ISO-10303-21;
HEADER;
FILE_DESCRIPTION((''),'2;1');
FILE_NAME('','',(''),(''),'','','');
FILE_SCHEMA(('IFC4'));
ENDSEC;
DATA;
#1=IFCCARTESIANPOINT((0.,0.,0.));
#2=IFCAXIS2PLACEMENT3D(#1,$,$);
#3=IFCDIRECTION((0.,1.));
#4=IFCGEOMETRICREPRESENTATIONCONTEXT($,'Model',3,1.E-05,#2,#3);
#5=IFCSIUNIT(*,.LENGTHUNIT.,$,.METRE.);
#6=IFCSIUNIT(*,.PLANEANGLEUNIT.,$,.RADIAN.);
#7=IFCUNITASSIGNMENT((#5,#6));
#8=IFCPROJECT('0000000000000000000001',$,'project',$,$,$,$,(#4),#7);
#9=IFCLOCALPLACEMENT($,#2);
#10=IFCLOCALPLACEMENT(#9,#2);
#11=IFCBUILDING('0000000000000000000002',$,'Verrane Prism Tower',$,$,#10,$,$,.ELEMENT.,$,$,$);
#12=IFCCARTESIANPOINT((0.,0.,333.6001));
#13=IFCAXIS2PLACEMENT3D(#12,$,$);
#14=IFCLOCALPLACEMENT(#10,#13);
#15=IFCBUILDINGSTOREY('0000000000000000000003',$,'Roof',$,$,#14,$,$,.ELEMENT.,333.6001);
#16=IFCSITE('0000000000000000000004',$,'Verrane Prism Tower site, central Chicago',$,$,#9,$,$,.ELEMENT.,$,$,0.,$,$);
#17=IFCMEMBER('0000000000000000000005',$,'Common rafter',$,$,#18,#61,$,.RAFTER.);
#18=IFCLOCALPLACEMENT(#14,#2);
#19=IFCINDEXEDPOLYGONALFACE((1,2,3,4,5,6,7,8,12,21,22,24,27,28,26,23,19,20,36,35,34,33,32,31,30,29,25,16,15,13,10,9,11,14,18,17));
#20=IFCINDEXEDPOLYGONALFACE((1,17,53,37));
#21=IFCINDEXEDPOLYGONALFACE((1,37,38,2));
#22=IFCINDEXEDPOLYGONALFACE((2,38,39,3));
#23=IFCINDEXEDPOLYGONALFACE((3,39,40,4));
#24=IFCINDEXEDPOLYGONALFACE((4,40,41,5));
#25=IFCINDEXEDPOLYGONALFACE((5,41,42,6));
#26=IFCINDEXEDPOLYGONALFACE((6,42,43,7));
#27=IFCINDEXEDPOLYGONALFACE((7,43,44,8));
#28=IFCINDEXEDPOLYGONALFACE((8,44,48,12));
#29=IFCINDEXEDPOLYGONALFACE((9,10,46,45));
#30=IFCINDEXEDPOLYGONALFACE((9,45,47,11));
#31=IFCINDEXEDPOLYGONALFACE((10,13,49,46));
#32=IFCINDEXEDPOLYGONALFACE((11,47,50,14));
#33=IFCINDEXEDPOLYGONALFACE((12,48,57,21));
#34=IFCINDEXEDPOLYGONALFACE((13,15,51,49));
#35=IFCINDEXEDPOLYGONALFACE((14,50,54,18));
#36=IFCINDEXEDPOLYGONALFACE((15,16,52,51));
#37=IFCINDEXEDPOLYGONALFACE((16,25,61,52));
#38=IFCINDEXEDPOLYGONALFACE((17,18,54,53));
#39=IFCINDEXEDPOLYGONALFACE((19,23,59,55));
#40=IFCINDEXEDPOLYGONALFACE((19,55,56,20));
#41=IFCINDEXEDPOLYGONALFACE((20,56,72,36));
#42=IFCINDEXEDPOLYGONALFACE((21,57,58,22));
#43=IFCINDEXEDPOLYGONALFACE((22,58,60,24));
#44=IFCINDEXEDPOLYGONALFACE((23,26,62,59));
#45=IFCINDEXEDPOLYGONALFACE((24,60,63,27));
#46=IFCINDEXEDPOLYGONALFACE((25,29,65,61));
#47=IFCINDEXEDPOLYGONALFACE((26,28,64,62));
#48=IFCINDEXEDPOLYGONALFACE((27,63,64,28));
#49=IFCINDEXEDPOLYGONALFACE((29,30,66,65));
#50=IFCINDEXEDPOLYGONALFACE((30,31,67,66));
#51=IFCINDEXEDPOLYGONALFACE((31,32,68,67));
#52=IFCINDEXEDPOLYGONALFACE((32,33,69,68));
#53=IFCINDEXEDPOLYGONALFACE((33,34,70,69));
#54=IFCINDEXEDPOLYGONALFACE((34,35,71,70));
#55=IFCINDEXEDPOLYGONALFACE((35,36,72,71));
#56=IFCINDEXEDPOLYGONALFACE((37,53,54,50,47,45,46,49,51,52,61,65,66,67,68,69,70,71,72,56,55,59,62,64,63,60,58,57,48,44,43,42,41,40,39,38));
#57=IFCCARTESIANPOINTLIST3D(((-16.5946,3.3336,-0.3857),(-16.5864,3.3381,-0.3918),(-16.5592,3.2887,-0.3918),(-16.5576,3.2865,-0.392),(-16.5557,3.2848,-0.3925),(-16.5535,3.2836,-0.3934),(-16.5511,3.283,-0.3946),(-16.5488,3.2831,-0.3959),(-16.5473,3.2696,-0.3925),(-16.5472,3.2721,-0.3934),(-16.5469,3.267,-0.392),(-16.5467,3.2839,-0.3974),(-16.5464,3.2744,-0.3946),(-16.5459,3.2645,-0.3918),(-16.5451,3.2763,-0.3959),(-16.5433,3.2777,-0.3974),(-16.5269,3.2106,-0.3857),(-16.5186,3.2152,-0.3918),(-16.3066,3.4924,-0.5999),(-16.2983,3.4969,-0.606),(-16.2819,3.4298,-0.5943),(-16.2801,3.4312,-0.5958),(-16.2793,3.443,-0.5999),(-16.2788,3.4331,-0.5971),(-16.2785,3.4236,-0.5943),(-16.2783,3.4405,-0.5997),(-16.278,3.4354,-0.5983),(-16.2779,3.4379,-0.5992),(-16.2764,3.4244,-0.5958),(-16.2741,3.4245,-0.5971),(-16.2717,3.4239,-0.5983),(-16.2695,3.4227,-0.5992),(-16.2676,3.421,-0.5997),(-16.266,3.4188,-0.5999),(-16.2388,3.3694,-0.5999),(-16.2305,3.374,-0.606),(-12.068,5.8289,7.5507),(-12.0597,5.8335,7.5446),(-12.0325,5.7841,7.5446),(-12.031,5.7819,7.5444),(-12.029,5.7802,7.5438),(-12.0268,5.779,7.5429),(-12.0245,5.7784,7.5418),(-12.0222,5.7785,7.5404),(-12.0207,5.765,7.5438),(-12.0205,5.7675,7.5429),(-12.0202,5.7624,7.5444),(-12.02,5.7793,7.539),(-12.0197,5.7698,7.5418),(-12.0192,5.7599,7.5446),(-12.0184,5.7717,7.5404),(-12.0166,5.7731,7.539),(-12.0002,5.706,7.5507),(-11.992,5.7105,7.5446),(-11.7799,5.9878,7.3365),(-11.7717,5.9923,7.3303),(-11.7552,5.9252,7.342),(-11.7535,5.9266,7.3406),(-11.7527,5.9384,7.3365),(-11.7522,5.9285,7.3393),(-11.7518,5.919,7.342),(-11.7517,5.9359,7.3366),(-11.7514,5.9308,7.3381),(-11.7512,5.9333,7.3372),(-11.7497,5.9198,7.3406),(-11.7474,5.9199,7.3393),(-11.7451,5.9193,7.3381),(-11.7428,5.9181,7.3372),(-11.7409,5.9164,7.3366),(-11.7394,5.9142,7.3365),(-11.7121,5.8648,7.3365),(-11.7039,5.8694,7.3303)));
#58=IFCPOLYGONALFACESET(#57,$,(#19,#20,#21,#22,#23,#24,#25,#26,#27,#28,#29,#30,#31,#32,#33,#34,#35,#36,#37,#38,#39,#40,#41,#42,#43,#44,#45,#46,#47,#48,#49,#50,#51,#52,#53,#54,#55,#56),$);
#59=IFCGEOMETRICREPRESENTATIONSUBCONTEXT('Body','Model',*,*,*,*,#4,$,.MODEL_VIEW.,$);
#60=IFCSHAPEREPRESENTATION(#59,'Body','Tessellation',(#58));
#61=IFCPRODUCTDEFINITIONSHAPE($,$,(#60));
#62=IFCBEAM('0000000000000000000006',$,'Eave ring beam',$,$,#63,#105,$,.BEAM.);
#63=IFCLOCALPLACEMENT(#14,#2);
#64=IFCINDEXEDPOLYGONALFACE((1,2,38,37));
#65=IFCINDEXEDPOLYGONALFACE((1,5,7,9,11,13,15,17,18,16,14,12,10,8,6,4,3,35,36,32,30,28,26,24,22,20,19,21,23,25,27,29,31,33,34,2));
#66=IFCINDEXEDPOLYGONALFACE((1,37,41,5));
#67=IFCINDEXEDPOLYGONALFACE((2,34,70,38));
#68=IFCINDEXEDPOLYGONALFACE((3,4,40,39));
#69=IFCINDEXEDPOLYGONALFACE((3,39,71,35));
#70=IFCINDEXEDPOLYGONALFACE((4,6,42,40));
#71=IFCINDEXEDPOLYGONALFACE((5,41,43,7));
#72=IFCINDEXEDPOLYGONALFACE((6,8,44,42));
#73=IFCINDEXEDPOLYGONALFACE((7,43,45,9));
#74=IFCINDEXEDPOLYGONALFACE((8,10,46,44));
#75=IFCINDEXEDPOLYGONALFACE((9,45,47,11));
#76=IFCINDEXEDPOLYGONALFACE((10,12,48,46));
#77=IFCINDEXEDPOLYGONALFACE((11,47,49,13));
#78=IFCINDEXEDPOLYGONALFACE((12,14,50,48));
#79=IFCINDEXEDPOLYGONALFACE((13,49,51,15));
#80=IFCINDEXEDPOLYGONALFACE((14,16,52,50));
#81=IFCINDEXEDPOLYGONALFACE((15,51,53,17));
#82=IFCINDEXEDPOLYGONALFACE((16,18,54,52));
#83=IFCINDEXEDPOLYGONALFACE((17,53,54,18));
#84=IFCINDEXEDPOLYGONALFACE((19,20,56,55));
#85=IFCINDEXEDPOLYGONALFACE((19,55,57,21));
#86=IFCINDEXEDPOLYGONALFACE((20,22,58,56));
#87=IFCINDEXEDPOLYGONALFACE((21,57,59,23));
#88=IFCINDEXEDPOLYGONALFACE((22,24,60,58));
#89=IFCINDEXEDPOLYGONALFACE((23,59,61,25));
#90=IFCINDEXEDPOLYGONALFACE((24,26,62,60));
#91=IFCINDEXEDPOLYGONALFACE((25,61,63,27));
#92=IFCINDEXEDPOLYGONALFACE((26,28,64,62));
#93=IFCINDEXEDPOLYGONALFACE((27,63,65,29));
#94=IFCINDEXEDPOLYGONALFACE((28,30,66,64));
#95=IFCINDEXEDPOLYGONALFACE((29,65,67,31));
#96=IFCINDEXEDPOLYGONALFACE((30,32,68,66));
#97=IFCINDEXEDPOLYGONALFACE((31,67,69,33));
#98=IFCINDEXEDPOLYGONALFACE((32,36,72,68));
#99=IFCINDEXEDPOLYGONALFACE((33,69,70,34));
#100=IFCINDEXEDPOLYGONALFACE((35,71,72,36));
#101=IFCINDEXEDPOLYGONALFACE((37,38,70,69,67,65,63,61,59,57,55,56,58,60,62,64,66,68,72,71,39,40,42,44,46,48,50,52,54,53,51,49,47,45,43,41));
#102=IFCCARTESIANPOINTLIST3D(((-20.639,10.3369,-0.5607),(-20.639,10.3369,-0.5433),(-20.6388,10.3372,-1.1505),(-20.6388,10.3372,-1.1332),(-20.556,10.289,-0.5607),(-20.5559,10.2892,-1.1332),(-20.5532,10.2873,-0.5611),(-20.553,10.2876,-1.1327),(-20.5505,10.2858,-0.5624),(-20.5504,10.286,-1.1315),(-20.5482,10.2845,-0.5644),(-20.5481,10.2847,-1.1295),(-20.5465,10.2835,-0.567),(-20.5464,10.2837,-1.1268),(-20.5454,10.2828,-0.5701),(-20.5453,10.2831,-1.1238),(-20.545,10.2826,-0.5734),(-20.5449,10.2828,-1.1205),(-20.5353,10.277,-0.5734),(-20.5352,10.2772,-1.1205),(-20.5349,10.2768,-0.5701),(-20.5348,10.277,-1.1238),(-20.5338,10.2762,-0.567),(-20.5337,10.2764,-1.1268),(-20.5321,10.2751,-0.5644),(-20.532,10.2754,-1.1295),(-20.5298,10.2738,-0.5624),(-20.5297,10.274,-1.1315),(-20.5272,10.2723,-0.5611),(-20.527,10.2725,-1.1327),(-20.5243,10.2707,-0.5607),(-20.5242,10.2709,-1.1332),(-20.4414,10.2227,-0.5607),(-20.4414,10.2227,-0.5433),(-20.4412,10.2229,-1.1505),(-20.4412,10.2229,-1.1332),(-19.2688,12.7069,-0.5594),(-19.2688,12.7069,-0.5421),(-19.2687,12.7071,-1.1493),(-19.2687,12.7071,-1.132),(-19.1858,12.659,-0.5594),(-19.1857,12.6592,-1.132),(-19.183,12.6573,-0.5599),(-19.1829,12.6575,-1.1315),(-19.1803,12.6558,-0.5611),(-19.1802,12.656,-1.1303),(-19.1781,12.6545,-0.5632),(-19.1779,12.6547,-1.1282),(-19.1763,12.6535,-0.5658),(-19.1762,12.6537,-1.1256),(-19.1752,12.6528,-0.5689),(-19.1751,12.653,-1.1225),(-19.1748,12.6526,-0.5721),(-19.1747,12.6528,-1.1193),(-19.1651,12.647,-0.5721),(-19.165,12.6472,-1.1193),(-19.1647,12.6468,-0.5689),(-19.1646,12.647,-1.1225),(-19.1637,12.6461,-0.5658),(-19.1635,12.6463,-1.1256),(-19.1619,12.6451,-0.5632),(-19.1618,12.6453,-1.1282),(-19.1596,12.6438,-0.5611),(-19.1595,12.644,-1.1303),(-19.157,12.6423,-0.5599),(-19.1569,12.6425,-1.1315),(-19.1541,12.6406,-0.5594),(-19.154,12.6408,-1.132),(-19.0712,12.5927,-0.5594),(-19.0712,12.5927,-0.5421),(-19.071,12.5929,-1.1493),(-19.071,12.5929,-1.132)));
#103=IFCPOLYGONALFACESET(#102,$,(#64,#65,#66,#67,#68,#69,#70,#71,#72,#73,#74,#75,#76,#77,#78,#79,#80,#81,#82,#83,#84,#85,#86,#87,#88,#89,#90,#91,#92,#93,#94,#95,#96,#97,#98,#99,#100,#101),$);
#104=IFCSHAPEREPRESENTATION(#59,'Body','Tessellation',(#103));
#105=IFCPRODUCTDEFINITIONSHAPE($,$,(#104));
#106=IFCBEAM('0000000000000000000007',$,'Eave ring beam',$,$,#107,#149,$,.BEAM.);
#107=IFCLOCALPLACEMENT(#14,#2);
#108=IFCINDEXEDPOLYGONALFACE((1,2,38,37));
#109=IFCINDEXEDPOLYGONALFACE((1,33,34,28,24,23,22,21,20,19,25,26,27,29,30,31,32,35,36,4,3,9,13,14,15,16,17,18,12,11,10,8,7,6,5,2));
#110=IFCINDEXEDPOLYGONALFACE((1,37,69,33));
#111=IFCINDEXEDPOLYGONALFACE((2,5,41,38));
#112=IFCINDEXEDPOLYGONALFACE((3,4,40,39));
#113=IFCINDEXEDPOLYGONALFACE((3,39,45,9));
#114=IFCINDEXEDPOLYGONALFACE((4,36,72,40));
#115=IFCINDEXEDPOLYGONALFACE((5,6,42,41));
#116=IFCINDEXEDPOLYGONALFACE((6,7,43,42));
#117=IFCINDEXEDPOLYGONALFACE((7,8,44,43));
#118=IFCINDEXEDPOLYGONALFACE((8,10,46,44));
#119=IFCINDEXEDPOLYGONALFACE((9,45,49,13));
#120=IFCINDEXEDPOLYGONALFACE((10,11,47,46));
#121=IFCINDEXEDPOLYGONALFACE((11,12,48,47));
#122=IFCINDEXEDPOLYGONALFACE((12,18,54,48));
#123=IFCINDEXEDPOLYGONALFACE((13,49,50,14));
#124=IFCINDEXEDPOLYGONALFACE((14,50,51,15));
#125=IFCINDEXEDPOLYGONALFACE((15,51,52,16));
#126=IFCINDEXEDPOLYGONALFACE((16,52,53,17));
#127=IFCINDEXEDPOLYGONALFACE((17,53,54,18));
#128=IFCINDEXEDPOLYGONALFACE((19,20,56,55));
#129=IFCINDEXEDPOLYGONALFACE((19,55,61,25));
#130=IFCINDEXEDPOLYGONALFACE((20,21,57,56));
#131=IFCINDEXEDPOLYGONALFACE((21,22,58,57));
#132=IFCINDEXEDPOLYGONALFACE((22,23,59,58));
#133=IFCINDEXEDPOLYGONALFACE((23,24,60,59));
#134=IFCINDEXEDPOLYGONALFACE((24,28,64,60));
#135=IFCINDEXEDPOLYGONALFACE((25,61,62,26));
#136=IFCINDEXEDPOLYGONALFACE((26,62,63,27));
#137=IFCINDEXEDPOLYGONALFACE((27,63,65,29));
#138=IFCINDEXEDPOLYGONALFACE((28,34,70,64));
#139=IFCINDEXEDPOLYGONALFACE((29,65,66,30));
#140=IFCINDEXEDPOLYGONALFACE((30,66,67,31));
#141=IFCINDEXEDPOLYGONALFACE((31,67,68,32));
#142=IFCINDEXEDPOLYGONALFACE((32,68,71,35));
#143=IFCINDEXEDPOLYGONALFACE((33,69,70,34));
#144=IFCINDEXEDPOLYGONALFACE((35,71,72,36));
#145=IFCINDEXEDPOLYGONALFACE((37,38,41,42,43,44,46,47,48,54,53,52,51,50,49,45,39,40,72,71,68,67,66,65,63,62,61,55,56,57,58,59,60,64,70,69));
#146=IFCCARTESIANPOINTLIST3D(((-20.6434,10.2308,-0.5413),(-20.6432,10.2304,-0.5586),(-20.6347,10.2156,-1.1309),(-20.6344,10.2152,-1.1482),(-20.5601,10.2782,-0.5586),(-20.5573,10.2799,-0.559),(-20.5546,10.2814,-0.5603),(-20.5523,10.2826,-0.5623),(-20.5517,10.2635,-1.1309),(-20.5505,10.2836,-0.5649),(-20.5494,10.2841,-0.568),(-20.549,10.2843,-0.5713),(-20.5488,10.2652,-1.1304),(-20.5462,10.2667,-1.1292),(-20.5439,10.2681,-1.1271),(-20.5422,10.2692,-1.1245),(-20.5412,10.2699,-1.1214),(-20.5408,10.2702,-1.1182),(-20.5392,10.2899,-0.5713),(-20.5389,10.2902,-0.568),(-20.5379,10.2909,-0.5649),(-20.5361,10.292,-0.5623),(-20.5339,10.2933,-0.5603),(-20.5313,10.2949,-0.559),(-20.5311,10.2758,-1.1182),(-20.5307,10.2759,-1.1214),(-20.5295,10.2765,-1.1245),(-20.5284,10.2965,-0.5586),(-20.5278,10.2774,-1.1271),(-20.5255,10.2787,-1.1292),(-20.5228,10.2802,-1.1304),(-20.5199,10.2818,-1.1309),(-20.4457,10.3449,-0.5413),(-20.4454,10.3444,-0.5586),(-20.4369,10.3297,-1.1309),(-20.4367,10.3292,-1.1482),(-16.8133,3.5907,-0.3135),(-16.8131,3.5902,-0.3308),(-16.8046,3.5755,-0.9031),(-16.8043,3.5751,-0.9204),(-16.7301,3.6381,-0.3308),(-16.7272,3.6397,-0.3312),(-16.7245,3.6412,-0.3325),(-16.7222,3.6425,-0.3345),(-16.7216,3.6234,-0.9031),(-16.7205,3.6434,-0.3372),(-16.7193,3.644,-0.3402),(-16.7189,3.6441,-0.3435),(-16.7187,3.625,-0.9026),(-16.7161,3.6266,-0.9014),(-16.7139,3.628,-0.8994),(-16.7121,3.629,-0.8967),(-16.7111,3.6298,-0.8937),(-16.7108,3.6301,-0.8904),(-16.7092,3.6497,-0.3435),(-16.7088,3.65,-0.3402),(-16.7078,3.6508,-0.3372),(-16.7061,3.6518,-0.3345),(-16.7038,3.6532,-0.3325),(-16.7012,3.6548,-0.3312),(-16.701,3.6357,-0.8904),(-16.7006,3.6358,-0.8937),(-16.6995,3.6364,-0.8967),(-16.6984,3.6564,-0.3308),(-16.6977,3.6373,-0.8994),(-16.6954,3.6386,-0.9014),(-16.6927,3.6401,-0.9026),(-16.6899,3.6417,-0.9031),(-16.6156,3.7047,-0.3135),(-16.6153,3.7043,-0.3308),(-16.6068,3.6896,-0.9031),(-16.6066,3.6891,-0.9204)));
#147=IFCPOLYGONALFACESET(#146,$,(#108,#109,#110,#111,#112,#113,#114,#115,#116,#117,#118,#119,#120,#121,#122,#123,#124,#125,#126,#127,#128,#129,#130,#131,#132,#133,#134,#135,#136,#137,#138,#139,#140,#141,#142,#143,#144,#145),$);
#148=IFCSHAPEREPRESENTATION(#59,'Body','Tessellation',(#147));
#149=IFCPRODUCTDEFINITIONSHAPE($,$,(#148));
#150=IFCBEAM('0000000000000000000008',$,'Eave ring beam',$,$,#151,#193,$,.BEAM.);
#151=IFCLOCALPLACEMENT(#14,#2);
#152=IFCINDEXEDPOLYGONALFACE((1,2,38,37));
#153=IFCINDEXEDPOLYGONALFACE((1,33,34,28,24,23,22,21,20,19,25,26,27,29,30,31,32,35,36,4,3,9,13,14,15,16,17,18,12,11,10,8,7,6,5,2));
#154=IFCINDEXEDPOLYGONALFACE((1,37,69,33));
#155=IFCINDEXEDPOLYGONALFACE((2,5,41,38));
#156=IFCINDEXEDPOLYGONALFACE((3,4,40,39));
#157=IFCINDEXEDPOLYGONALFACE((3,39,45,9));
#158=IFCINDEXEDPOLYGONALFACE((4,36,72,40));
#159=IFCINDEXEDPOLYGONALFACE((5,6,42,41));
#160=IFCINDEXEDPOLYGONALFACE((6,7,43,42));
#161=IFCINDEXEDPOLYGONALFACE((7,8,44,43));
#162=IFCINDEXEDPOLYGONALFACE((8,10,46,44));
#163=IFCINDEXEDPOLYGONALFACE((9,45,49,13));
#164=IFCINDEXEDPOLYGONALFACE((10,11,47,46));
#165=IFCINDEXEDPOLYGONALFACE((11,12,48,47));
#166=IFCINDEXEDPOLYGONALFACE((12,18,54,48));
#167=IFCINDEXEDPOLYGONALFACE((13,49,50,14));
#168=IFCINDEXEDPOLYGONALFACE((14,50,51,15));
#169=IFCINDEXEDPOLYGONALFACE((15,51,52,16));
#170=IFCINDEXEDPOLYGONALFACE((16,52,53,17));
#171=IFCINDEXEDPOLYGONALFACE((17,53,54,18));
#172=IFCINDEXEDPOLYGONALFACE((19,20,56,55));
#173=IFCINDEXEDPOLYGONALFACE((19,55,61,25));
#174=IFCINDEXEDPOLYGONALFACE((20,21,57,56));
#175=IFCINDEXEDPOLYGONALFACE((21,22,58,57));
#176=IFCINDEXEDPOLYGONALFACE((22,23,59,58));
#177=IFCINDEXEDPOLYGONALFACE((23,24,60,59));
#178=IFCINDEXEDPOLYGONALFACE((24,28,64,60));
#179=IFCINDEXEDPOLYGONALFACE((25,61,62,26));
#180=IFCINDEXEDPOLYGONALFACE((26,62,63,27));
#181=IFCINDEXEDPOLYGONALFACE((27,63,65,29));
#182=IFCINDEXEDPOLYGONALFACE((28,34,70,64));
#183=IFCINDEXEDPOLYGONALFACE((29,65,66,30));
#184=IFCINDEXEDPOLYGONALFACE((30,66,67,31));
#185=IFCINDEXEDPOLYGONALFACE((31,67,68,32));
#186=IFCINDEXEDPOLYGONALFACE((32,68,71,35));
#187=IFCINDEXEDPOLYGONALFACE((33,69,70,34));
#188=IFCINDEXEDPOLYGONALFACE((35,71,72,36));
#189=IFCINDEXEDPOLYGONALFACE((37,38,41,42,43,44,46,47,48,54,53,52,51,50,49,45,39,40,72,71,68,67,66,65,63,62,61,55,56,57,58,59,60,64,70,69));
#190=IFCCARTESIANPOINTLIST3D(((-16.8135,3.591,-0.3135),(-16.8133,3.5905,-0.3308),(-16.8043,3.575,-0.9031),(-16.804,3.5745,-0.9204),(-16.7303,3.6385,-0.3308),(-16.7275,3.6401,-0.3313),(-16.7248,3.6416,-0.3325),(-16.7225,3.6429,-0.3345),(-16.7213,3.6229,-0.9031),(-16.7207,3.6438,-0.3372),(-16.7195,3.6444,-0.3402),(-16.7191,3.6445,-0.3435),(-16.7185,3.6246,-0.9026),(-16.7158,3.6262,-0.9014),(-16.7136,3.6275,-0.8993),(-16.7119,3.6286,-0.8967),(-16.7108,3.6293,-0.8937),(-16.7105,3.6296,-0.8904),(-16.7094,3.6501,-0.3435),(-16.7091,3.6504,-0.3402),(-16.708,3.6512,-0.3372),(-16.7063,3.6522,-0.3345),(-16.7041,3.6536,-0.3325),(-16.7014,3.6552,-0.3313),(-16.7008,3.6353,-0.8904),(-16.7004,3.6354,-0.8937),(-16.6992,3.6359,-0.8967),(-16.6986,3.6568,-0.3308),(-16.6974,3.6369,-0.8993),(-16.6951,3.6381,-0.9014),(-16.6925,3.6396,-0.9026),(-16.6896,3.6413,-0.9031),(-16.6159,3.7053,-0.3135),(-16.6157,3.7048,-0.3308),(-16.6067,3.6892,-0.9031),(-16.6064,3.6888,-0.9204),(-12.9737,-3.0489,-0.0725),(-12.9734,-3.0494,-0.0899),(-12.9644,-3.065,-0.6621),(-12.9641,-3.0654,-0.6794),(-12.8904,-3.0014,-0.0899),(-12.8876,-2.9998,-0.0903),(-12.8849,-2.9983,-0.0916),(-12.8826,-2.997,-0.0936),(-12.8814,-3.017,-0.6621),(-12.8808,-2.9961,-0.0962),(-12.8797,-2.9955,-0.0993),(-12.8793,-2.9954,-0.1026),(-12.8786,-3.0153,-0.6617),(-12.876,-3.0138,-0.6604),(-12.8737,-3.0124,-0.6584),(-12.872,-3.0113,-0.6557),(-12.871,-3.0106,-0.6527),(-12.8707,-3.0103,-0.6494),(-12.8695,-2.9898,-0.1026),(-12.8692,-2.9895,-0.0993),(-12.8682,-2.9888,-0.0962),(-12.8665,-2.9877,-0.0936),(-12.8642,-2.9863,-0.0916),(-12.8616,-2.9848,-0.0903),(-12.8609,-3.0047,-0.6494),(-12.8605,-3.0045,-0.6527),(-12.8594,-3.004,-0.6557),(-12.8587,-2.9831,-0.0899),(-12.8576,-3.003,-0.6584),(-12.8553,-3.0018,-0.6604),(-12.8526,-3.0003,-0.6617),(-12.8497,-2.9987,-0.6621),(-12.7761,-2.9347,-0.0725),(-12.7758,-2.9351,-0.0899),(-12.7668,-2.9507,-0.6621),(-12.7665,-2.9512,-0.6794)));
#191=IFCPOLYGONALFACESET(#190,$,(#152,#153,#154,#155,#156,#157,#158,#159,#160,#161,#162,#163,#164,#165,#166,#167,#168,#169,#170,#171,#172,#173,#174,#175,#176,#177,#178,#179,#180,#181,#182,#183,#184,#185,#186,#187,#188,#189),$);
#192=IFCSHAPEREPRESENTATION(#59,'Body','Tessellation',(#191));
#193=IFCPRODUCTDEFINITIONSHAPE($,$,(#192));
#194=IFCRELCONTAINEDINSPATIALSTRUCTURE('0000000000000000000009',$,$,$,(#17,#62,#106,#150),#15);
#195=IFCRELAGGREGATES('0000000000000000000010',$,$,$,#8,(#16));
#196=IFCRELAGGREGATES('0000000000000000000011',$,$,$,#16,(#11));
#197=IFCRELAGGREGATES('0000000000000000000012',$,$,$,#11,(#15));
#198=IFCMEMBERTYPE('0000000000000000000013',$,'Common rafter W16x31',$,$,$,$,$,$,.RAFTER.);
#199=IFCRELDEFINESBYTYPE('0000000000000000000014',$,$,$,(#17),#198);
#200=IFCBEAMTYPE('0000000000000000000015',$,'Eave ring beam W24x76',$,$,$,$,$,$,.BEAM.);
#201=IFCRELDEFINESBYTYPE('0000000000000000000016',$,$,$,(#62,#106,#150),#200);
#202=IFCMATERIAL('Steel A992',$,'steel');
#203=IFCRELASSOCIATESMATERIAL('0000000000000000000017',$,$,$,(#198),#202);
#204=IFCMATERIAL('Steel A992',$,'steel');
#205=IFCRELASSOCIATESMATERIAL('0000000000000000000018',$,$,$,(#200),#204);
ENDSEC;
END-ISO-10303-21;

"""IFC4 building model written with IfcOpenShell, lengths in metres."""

from ifc_helpers import new_model, si_unit, direction, frame, origin, origin_2d, place, context, subcontext, project, spatial, i_section, extrude, material, material_profile, profile_set, type_object, element, save


model = new_model("IFC4")

# Units and contexts
model_context = context("Model", 3, precision=1e-05, world=origin(), true_north=direction((0.0, 1.0)))
body_context = subcontext(model_context, "Body", "Model", "MODEL_VIEW")
ifc_project = project(units=[si_unit("LENGTHUNIT", "METRE"), si_unit("PLANEANGLEUNIT", "RADIAN")], contexts=[model_context])

# Site, building, storey
site_placement = place(None, origin())
site = spatial("IfcSite", under=ifc_project, at=site_placement, Name="Verrane Prism Tower site, central Chicago", CompositionType="ELEMENT", RefElevation=0.0)
building_placement = place(site_placement, origin())
building = spatial("IfcBuilding", under=site, at=building_placement, Name="Verrane Prism Tower", CompositionType="ELEMENT")
storey_placement = place(building_placement, frame((0.0, 0.0, 333.6001)))
storey = spatial("IfcBuildingStorey", under=building, at=storey_placement, Name="Roof", CompositionType="ELEMENT", Elevation=333.6001)

# Member
ifc_material_1 = material(Name="Steel A992", Category="steel")
ifc_material_profile_1 = material_profile(ifc_material_1, i_section(OverallWidth=0.1404, OverallDepth=0.4038, WebThickness=0.0071, FlangeThickness=0.0112, FilletRadius=0.0103, at=origin_2d()), Name="W16x31")
ifc_profile_set_1 = profile_set([ifc_material_profile_1], Name="Steel A992")
member_type_1 = type_object("IfcMemberType", Name="Common rafter W16x31", PredefinedType="RAFTER", material=ifc_profile_set_1)
member_1_placement = place(storey_placement, frame((-16.4126, 3.3538, -0.4958), z_axis=(0.47794, 0.263471, 0.837948), x_axis=(-0.482769, 0.875748, 0.0)))
element("IfcMember", 1, at=member_1_placement, inside=storey, type_object=member_type_1, Name="Common rafter", PredefinedType="RAFTER", context=body_context, shape_type="SweptSolid", body=[
    extrude(i_section(OverallWidth=0.1404, OverallDepth=0.4038, WebThickness=0.0071, FlangeThickness=0.0112, FilletRadius=0.0103, at=origin_2d()), origin(), (0.0, 0.0, 1.0), 9.4712),
])

# Beams
ifc_material_2 = material(Name="Steel A992", Category="steel")
ifc_material_profile_2 = material_profile(ifc_material_2, i_section(OverallWidth=0.2283, OverallDepth=0.6072, WebThickness=0.0112, FlangeThickness=0.0173, FilletRadius=0.0127, at=origin_2d()), Name="W24x76")
ifc_profile_set_2 = profile_set([ifc_material_profile_2], Name="Steel A992")
beam_type = type_object("IfcBeamType", Name="Eave ring beam W24x76", PredefinedType="BEAM", material=ifc_profile_set_2)
beam_1_placement = place(storey_placement, frame((-19.1699, 12.6499, -0.8457), z_axis=(-0.500512, -0.865729, -0.000446), x_axis=(0.865729, -0.500512, 0.0)))
element("IfcBeam", 2, at=beam_1_placement, inside=storey, type_object=beam_type, Name="Eave ring beam", PredefinedType="BEAM", context=body_context, shape_type="SweptSolid", body=[
    extrude(i_section(OverallWidth=0.2283, OverallDepth=0.6072, WebThickness=0.0112, FlangeThickness=0.0173, FilletRadius=0.0127, at=origin_2d()), origin(), (0.0, 0.0, 1.0), 2.7375),
])
beam_2_placement = place(storey_placement, frame((-20.54, 10.28, -0.8447), z_axis=(0.499427, -0.865847, 0.029702), x_axis=(0.866229, 0.499647, 0.0)))
element("IfcBeam", 3, at=beam_2_placement, inside=storey, type_object=beam_type, Name="Eave ring beam", PredefinedType="BEAM", context=body_context, shape_type="SweptSolid", body=[
    extrude(i_section(OverallWidth=0.2283, OverallDepth=0.6072, WebThickness=0.0112, FlangeThickness=0.0173, FilletRadius=0.0127, at=origin_2d()), origin(), (0.0, 0.0, 1.0), 7.6689),
])
beam_3_placement = place(storey_placement, frame((-16.71, 3.6399, -0.6169), z_axis=(0.500369, -0.865243, 0.0314), x_axis=(0.86567, 0.500616, 0.0)))
element("IfcBeam", 4, at=beam_3_placement, inside=storey, type_object=beam_type, Name="Eave ring beam", PredefinedType="BEAM", context=body_context, shape_type="SweptSolid", body=[
    extrude(i_section(OverallWidth=0.2283, OverallDepth=0.6072, WebThickness=0.0112, FlangeThickness=0.0173, FilletRadius=0.0127, at=origin_2d()), origin(), (0.0, 0.0, 1.0), 7.6741),
])

save(model, "model.ifc")
